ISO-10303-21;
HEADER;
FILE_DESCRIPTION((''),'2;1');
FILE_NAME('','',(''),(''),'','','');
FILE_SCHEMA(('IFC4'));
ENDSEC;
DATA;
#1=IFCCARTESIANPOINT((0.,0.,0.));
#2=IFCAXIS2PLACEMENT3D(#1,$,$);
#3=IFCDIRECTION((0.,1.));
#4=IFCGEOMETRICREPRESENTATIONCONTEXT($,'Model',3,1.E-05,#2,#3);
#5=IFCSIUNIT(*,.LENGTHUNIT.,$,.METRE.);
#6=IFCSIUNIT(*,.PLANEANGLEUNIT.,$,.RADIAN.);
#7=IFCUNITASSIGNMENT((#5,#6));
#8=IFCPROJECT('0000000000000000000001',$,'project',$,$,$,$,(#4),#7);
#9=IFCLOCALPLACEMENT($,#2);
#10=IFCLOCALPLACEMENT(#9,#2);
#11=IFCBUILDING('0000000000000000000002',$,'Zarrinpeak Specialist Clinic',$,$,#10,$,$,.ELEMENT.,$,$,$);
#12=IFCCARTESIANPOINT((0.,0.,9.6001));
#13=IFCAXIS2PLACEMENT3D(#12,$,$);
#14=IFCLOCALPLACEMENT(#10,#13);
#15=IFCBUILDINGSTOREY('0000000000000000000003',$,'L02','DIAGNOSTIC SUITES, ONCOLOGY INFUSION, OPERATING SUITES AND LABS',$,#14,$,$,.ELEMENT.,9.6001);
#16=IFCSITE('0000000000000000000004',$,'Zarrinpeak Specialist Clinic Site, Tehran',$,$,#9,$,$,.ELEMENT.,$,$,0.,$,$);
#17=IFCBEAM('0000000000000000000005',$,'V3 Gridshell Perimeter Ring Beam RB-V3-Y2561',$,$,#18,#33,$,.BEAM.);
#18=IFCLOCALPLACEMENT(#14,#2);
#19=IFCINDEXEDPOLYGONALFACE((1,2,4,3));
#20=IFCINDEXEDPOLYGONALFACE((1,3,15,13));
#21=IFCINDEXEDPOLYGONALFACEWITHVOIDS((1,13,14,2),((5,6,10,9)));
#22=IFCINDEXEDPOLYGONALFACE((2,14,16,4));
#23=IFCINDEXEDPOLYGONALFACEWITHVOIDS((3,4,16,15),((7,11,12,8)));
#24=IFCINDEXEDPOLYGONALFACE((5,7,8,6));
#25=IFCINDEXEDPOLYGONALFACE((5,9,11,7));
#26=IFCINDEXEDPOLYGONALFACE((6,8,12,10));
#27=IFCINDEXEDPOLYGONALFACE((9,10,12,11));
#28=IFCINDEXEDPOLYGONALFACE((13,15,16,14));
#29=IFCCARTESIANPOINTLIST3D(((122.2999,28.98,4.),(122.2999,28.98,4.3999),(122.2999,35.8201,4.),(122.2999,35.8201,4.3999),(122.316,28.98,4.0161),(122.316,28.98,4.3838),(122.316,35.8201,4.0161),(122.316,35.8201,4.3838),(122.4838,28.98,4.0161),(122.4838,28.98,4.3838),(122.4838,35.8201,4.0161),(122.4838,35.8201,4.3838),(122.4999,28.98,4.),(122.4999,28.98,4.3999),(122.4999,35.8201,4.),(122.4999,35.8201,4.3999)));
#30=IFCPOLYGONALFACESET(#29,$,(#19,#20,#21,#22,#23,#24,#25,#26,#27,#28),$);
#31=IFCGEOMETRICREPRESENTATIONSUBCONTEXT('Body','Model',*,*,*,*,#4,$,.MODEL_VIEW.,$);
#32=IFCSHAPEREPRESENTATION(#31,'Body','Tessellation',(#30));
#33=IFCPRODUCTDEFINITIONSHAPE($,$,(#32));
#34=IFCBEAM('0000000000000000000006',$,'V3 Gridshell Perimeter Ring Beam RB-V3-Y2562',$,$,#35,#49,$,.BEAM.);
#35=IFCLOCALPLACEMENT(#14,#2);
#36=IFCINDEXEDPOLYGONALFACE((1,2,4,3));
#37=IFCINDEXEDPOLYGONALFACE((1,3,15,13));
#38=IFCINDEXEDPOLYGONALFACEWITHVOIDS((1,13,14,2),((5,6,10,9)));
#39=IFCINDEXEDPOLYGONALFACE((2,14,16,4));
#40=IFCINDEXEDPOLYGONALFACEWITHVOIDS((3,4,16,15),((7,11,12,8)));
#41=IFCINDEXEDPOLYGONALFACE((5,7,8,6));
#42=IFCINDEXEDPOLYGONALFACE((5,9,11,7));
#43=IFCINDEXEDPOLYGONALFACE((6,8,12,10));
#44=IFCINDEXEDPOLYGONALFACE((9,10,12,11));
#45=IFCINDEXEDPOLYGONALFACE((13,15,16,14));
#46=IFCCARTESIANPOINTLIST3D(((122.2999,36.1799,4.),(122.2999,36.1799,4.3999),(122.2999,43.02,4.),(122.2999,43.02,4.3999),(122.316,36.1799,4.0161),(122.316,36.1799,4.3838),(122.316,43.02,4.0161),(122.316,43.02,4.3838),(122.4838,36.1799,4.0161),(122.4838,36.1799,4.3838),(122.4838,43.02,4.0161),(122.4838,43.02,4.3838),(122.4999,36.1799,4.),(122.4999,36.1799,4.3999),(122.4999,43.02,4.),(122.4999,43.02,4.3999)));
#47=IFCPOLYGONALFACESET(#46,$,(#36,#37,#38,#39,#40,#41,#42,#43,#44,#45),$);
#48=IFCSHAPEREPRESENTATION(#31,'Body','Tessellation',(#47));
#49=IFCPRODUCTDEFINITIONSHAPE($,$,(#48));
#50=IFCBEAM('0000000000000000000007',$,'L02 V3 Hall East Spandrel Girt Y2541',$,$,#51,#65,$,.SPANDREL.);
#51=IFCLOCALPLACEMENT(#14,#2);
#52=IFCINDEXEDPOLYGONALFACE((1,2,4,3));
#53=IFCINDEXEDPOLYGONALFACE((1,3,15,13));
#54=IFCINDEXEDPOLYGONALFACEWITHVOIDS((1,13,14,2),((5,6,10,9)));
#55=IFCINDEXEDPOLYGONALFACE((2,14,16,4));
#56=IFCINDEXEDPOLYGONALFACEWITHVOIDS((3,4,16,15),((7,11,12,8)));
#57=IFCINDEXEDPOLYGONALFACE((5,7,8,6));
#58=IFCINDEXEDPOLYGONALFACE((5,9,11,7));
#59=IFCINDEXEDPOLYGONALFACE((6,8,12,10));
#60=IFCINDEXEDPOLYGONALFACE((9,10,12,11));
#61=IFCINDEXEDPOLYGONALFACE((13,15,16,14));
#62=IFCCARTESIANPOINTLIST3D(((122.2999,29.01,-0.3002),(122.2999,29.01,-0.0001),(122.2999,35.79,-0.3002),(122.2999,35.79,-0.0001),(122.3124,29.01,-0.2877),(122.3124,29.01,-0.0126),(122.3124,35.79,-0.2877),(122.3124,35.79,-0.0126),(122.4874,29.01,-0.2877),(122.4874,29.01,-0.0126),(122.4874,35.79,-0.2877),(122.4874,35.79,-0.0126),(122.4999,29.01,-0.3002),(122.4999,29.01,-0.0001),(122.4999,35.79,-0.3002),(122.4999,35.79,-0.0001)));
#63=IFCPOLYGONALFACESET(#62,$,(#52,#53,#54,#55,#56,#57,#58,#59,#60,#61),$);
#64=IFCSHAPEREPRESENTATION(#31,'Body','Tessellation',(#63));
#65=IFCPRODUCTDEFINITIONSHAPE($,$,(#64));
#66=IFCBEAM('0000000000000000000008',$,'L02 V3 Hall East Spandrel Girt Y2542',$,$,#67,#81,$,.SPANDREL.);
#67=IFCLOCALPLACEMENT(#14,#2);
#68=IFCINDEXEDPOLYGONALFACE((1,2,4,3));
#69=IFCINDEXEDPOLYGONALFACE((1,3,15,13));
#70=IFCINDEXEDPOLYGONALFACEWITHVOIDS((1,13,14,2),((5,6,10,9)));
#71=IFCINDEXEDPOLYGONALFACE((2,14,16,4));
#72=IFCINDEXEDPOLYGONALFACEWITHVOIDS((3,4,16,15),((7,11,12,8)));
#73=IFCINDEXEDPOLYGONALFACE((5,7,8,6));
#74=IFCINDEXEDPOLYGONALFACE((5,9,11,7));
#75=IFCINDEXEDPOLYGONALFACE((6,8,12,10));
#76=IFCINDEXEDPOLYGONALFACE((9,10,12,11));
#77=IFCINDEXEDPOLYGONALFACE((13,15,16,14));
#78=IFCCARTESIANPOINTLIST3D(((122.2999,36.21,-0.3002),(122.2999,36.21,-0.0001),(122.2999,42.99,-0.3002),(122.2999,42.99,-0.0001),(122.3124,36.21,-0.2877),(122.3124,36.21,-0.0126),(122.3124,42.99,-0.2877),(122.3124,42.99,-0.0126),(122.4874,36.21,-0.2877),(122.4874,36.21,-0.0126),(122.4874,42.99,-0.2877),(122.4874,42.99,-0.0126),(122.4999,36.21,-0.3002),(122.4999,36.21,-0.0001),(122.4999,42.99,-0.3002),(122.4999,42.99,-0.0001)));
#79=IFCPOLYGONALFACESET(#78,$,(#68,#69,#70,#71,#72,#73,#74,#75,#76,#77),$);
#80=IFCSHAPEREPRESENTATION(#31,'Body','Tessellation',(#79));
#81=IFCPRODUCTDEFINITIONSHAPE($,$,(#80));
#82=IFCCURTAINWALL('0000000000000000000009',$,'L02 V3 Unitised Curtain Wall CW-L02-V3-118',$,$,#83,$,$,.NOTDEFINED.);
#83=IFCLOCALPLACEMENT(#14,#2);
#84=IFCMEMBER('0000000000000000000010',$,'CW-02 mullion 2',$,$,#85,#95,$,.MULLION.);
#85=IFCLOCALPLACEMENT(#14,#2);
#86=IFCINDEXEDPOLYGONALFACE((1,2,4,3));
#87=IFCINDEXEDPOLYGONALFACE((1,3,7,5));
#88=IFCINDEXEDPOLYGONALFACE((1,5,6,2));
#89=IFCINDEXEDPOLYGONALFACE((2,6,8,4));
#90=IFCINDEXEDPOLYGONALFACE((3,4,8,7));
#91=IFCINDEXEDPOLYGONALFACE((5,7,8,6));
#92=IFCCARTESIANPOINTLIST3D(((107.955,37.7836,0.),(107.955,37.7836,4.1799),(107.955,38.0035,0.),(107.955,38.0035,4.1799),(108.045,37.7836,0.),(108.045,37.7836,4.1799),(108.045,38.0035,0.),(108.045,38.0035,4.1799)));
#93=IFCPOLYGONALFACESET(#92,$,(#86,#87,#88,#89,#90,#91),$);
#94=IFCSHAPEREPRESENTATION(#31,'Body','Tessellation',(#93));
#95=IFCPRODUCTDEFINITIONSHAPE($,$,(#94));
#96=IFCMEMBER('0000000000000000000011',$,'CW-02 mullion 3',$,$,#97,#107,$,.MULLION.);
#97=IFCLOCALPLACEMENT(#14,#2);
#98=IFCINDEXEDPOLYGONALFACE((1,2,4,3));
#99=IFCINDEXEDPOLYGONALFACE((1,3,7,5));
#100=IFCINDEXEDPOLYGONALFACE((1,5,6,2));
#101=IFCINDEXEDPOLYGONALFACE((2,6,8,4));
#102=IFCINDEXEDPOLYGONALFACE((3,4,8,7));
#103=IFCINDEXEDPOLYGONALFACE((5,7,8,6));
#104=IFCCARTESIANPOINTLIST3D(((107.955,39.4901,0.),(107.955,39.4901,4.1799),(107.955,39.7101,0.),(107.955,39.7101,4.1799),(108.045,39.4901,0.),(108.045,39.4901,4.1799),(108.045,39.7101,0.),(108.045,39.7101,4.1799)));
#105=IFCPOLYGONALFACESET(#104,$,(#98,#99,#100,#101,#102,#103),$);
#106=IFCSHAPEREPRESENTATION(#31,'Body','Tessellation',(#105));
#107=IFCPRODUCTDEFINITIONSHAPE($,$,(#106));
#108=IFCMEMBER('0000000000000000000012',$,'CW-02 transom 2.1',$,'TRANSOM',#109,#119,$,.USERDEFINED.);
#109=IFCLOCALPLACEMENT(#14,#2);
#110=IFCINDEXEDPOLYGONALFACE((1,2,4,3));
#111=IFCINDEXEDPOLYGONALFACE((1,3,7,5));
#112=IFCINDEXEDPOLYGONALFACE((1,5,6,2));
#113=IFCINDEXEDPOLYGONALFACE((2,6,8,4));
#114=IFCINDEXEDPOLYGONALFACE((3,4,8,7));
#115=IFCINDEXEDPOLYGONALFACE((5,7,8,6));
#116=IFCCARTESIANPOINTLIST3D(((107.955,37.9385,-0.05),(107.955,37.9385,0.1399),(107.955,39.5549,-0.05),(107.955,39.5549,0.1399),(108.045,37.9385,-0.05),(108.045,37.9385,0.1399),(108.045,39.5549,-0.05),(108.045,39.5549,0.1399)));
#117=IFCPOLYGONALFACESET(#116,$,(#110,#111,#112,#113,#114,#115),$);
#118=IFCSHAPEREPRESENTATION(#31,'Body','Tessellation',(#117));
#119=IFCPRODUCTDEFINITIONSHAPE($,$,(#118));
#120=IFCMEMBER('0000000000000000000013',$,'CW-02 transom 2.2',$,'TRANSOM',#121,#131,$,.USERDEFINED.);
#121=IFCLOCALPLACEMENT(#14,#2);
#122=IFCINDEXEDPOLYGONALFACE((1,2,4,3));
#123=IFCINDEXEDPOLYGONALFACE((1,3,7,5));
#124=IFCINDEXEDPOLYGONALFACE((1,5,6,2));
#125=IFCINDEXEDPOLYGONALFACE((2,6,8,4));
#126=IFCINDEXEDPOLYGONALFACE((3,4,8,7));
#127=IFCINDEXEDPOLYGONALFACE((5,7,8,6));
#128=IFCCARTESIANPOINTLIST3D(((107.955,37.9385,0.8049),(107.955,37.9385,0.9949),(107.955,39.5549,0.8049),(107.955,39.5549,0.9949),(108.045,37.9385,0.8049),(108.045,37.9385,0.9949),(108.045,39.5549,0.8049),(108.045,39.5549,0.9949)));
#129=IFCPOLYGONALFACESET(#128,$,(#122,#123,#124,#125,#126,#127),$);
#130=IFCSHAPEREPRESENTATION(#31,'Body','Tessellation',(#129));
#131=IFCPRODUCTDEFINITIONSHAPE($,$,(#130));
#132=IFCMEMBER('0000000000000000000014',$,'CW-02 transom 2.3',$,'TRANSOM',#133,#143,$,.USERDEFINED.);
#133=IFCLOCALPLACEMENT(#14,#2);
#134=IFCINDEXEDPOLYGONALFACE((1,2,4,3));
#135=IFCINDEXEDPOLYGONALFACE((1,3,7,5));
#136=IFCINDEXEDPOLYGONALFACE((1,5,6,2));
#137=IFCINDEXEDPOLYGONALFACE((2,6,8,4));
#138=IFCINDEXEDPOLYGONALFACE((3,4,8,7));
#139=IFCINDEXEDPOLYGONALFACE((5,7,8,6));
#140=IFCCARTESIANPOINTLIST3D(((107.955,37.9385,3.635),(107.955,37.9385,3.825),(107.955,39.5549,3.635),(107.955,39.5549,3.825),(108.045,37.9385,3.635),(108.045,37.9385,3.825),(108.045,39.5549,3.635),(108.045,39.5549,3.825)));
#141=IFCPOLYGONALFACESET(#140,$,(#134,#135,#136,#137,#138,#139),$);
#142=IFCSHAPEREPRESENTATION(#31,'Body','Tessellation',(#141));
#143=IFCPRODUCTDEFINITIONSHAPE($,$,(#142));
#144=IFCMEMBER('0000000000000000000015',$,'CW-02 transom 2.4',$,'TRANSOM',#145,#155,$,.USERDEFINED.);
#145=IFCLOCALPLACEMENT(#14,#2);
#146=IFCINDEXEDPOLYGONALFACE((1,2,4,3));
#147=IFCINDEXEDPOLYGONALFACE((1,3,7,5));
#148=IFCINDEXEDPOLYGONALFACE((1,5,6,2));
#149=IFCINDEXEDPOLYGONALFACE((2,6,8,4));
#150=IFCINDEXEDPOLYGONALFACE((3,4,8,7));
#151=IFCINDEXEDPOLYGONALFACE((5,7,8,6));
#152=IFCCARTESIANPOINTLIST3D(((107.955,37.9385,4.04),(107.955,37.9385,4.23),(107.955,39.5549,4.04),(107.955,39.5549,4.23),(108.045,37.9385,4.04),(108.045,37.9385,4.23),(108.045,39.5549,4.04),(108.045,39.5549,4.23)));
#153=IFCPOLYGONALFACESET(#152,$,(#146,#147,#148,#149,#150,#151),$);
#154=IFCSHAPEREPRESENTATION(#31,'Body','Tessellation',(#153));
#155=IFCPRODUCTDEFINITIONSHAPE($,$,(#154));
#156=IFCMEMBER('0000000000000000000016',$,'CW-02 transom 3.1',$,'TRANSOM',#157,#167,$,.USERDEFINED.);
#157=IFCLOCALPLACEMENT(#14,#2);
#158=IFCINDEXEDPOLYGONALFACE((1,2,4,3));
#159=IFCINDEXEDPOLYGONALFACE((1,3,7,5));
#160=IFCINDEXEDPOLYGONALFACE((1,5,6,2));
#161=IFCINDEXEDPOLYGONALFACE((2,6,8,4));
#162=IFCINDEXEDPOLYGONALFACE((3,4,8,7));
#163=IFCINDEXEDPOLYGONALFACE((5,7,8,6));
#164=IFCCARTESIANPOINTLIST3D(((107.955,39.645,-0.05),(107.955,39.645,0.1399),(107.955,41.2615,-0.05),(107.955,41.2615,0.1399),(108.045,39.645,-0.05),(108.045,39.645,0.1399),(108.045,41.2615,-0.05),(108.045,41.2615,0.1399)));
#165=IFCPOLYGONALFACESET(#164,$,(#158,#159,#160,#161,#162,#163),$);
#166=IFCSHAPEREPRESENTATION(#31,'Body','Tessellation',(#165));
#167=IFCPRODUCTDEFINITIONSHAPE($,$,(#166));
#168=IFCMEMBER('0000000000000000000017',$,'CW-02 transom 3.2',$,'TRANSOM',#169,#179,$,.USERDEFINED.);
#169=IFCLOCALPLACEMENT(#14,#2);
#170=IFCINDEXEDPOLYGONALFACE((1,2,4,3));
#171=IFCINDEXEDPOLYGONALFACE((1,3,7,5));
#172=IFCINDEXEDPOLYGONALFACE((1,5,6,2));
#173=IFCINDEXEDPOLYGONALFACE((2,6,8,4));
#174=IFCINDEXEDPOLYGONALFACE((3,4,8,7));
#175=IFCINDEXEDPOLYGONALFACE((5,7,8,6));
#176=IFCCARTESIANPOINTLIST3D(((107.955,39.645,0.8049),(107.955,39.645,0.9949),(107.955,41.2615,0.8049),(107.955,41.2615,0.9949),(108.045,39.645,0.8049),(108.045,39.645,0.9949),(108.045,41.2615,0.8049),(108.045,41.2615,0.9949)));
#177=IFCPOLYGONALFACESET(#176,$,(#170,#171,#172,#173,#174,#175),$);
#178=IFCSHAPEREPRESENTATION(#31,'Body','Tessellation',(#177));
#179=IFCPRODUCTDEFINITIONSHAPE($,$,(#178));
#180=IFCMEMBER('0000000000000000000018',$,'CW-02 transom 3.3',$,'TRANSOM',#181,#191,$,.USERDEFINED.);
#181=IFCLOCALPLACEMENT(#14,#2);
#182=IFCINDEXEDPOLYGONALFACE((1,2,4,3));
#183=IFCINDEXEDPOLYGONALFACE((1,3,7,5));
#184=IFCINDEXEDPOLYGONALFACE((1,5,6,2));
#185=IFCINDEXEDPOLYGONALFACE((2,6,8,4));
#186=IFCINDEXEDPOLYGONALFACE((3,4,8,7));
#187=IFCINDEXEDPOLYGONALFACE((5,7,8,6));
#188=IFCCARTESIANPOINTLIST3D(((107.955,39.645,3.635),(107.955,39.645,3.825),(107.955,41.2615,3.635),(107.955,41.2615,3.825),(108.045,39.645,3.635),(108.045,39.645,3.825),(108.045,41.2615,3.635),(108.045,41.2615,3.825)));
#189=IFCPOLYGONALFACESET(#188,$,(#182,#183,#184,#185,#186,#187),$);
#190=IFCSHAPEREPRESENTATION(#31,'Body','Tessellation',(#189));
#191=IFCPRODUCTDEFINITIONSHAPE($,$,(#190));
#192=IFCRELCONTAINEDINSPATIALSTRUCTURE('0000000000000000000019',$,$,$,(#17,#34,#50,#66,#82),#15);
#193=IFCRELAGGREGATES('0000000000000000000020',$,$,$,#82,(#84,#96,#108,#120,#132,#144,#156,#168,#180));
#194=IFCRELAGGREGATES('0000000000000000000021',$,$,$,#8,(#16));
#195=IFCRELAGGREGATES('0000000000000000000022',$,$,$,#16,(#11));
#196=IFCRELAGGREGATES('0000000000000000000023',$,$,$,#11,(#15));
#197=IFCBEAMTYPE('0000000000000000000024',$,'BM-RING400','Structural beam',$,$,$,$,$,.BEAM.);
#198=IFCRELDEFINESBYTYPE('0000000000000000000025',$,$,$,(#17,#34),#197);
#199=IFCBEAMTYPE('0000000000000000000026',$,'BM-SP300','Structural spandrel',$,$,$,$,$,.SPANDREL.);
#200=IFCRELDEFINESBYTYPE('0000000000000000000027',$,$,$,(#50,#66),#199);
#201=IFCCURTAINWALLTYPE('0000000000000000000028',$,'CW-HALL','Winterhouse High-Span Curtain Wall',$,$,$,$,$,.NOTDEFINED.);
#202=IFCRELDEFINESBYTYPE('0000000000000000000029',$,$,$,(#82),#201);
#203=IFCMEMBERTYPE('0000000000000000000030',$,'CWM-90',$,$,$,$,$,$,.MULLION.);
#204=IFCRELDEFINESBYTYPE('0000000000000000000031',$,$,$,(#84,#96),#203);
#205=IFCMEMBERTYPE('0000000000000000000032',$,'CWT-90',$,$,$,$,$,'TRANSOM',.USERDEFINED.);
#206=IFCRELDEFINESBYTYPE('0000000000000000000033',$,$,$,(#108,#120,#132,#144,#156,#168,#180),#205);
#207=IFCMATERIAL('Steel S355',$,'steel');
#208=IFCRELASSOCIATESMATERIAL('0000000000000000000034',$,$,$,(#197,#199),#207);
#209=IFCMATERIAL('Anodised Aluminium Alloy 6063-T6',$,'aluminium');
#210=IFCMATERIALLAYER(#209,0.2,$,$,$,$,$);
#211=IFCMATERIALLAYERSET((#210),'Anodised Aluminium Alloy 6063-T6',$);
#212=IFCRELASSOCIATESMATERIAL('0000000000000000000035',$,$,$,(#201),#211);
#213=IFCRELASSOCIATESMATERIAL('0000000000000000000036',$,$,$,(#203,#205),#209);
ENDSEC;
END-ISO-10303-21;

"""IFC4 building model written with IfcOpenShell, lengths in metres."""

from ifc_helpers import new_model, si_unit, direction, frame, origin, origin_2d, place, context, subcontext, project, spatial, rectangle, hollow_rectangle, extrude, material, layer, layer_set, material_profile, profile_set, type_object, element, aggregate, save


model = new_model("IFC4")

# Units and contexts
model_context = context("Model", 3, precision=1e-05, world=origin(), true_north=direction((0.0, 1.0)))
body_context = subcontext(model_context, "Body", "Model", "MODEL_VIEW")
ifc_project = project(units=[si_unit("LENGTHUNIT", "METRE"), si_unit("PLANEANGLEUNIT", "RADIAN")], contexts=[model_context])

# Site, building, storey
site_placement = place(None, origin())
site = spatial("IfcSite", under=ifc_project, at=site_placement, Name="Zarrinpeak Specialist Clinic Site, Tehran", CompositionType="ELEMENT", RefElevation=0.0)
building_placement = place(site_placement, origin())
building = spatial("IfcBuilding", under=site, at=building_placement, Name="Zarrinpeak Specialist Clinic", CompositionType="ELEMENT")
storey_placement = place(building_placement, frame((0.0, 0.0, 9.6001)))
storey = spatial("IfcBuildingStorey", under=building, at=storey_placement, Name="L02", Description="DIAGNOSTIC SUITES, ONCOLOGY INFUSION, OPERATING SUITES AND LABS", CompositionType="ELEMENT", Elevation=9.6001)

# Shared definitions
ifc_material_1 = material(Name="Steel S355", Category="steel")

# Beams
ifc_material_profile_1 = material_profile(ifc_material_1, hollow_rectangle(XDim=0.2, YDim=0.3999, WallThickness=0.0161, at=origin_2d()), Name="RHS 400x200x16.0")
ifc_profile_set_1 = profile_set([ifc_material_profile_1], Name="Steel S355")
beam_type_1 = type_object("IfcBeamType", Name="BM-RING400", Description="Structural beam", PredefinedType="BEAM", material=ifc_profile_set_1)
for number, where, z_axis, x_axis, name in (
    (1, (122.3999, 28.98, 4.2), (0.0, 1.0, 0.0), (-1.0, 0.0, 0.0), "V3 Gridshell Perimeter Ring Beam RB-V3-Y2561"),
    (2, (122.3999, 36.1799, 4.2), (0.0, 1.0, 0.0), (-1.0, 0.0, 0.0), "V3 Gridshell Perimeter Ring Beam RB-V3-Y2562"),
):
    element("IfcBeam", number, at=place(storey_placement, frame(where, z_axis=z_axis, x_axis=x_axis)), inside=storey, type_object=beam_type_1, Name=name, PredefinedType="BEAM", context=body_context, shape_type="SweptSolid", body=[
        extrude(hollow_rectangle(XDim=0.2, YDim=0.3999, WallThickness=0.0161, at=origin_2d()), origin(), (0.0, 0.0, 1.0), 6.8401),
    ])
ifc_material_profile_2 = material_profile(ifc_material_1, hollow_rectangle(XDim=0.2, YDim=0.3, WallThickness=0.0125, at=origin_2d()), Name="RHS 300x200x12.5")
ifc_profile_set_2 = profile_set([ifc_material_profile_2], Name="Steel S355")
beam_type_2 = type_object("IfcBeamType", Name="BM-SP300", Description="Structural spandrel", PredefinedType="SPANDREL", material=ifc_profile_set_2)
for number, where, z_axis, x_axis, name in (
    (3, (122.3999, 29.01, -0.1501), (0.0, 1.0, 0.0), (-1.0, 0.0, 0.0), "L02 V3 Hall East Spandrel Girt Y2541"),
    (4, (122.3999, 36.21, -0.1501), (0.0, 1.0, 0.0), (-1.0, 0.0, 0.0), "L02 V3 Hall East Spandrel Girt Y2542"),
):
    element("IfcBeam", number, at=place(storey_placement, frame(where, z_axis=z_axis, x_axis=x_axis)), inside=storey, type_object=beam_type_2, Name=name, PredefinedType="SPANDREL", context=body_context, shape_type="SweptSolid", body=[
        extrude(hollow_rectangle(XDim=0.2, YDim=0.3, WallThickness=0.0125, at=origin_2d()), origin(), (0.0, 0.0, 1.0), 6.78),
    ])

# Curtain wall, members
ifc_material_2 = material(Name="Anodised Aluminium Alloy 6063-T6", Category="aluminium")
ifc_layer_1 = layer(ifc_material_2, 0.2)
ifc_layer_set_1 = layer_set([ifc_layer_1], Name="Anodised Aluminium Alloy 6063-T6")
curtain_wall_type = type_object("IfcCurtainWallType", Name="CW-HALL", Description="Winterhouse High-Span Curtain Wall", PredefinedType="NOTDEFINED", material=ifc_layer_set_1)
curtain_wall_placement = place(storey_placement, origin())
curtain_wall = element("IfcCurtainWall", 5, at=curtain_wall_placement, inside=storey, type_object=curtain_wall_type, Name="L02 V3 Unitised Curtain Wall CW-L02-V3-118", PredefinedType="NOTDEFINED")
ifc_material_profile_3 = material_profile(ifc_material_2, rectangle(XDim=0.0901, YDim=0.22, at=origin_2d()), Name="ALU 90x220")
ifc_profile_set_3 = profile_set([ifc_material_profile_3], Name="Anodised Aluminium Alloy 6063-T6")
member_type_1 = type_object("IfcMemberType", Name="CWM-90", PredefinedType="MULLION", material=ifc_profile_set_3)
member_1_placement = place(storey_placement, frame((108.0, 37.8936, 0.0), z_axis=(0.0, 0.0, 1.0), x_axis=(-1.0, 0.0, 0.0)))
member_1 = element("IfcMember", 6, at=member_1_placement, type_object=member_type_1, Name="CW-02 mullion 2", PredefinedType="MULLION", context=body_context, shape_type="SweptSolid", body=[
    extrude(rectangle(XDim=0.0901, YDim=0.22, at=origin_2d()), origin(), (0.0, 0.0, 1.0), 4.1799),
])
member_2_placement = place(storey_placement, frame((108.0, 39.6001, 0.0), z_axis=(0.0, 0.0, 1.0), x_axis=(-1.0, 0.0, 0.0)))
member_2 = element("IfcMember", 7, at=member_2_placement, type_object=member_type_1, Name="CW-02 mullion 3", PredefinedType="MULLION", context=body_context, shape_type="SweptSolid", body=[
    extrude(rectangle(XDim=0.0901, YDim=0.22, at=origin_2d()), origin(), (0.0, 0.0, 1.0), 4.1799),
])
ifc_material_profile_4 = material_profile(ifc_material_2, rectangle(XDim=0.0901, YDim=0.1899, at=origin_2d()), Name="ALU 90x190")
ifc_profile_set_4 = profile_set([ifc_material_profile_4], Name="Anodised Aluminium Alloy 6063-T6")
member_type_2 = type_object("IfcMemberType", Name="CWT-90", ElementType="TRANSOM", PredefinedType="USERDEFINED", material=ifc_profile_set_4)
member_3_placement = place(storey_placement, frame((108.0, 37.9385, 0.0449), z_axis=(0.0, 1.0, 0.0), x_axis=(-1.0, 0.0, 0.0)))
member_3 = element("IfcMember", 8, at=member_3_placement, type_object=member_type_2, Name="CW-02 transom 2.1", ObjectType="TRANSOM", PredefinedType="USERDEFINED", context=body_context, shape_type="SweptSolid", body=[
    extrude(rectangle(XDim=0.0901, YDim=0.1899, at=origin_2d()), origin(), (0.0, 0.0, 1.0), 1.6165),
])
member_4_placement = place(storey_placement, frame((108.0, 37.9385, 0.8999), z_axis=(0.0, 1.0, 0.0), x_axis=(-1.0, 0.0, 0.0)))
member_4 = element("IfcMember", 9, at=member_4_placement, type_object=member_type_2, Name="CW-02 transom 2.2", ObjectType="TRANSOM", PredefinedType="USERDEFINED", context=body_context, shape_type="SweptSolid", body=[
    extrude(rectangle(XDim=0.0901, YDim=0.1899, at=origin_2d()), origin(), (0.0, 0.0, 1.0), 1.6165),
])
member_5_placement = place(storey_placement, frame((108.0, 37.9385, 3.73), z_axis=(0.0, 1.0, 0.0), x_axis=(-1.0, 0.0, 0.0)))
member_5 = element("IfcMember", 10, at=member_5_placement, type_object=member_type_2, Name="CW-02 transom 2.3", ObjectType="TRANSOM", PredefinedType="USERDEFINED", context=body_context, shape_type="SweptSolid", body=[
    extrude(rectangle(XDim=0.0901, YDim=0.1899, at=origin_2d()), origin(), (0.0, 0.0, 1.0), 1.6165),
])
member_6_placement = place(storey_placement, frame((108.0, 37.9385, 4.135), z_axis=(0.0, 1.0, 0.0), x_axis=(-1.0, 0.0, 0.0)))
member_6 = element("IfcMember", 11, at=member_6_placement, type_object=member_type_2, Name="CW-02 transom 2.4", ObjectType="TRANSOM", PredefinedType="USERDEFINED", context=body_context, shape_type="SweptSolid", body=[
    extrude(rectangle(XDim=0.0901, YDim=0.1899, at=origin_2d()), origin(), (0.0, 0.0, 1.0), 1.6165),
])
member_7_placement = place(storey_placement, frame((108.0, 39.645, 0.0449), z_axis=(0.0, 1.0, 0.0), x_axis=(-1.0, 0.0, 0.0)))
member_7 = element("IfcMember", 12, at=member_7_placement, type_object=member_type_2, Name="CW-02 transom 3.1", ObjectType="TRANSOM", PredefinedType="USERDEFINED", context=body_context, shape_type="SweptSolid", body=[
    extrude(rectangle(XDim=0.0901, YDim=0.1899, at=origin_2d()), origin(), (0.0, 0.0, 1.0), 1.6165),
])
member_8_placement = place(storey_placement, frame((108.0, 39.645, 0.8999), z_axis=(0.0, 1.0, 0.0), x_axis=(-1.0, 0.0, 0.0)))
member_8 = element("IfcMember", 13, at=member_8_placement, type_object=member_type_2, Name="CW-02 transom 3.2", ObjectType="TRANSOM", PredefinedType="USERDEFINED", context=body_context, shape_type="SweptSolid", body=[
    extrude(rectangle(XDim=0.0901, YDim=0.1899, at=origin_2d()), origin(), (0.0, 0.0, 1.0), 1.6165),
])
member_9_placement = place(storey_placement, frame((108.0, 39.645, 3.73), z_axis=(0.0, 1.0, 0.0), x_axis=(-1.0, 0.0, 0.0)))
member_9 = element("IfcMember", 14, at=member_9_placement, type_object=member_type_2, Name="CW-02 transom 3.3", ObjectType="TRANSOM", PredefinedType="USERDEFINED", context=body_context, shape_type="SweptSolid", body=[
    extrude(rectangle(XDim=0.0901, YDim=0.1899, at=origin_2d()), origin(), (0.0, 0.0, 1.0), 1.6165),
])
aggregate(curtain_wall, [member_1, member_2, member_3, member_4, member_5, member_6, member_7, member_8, member_9])

save(model, "model.ifc")
